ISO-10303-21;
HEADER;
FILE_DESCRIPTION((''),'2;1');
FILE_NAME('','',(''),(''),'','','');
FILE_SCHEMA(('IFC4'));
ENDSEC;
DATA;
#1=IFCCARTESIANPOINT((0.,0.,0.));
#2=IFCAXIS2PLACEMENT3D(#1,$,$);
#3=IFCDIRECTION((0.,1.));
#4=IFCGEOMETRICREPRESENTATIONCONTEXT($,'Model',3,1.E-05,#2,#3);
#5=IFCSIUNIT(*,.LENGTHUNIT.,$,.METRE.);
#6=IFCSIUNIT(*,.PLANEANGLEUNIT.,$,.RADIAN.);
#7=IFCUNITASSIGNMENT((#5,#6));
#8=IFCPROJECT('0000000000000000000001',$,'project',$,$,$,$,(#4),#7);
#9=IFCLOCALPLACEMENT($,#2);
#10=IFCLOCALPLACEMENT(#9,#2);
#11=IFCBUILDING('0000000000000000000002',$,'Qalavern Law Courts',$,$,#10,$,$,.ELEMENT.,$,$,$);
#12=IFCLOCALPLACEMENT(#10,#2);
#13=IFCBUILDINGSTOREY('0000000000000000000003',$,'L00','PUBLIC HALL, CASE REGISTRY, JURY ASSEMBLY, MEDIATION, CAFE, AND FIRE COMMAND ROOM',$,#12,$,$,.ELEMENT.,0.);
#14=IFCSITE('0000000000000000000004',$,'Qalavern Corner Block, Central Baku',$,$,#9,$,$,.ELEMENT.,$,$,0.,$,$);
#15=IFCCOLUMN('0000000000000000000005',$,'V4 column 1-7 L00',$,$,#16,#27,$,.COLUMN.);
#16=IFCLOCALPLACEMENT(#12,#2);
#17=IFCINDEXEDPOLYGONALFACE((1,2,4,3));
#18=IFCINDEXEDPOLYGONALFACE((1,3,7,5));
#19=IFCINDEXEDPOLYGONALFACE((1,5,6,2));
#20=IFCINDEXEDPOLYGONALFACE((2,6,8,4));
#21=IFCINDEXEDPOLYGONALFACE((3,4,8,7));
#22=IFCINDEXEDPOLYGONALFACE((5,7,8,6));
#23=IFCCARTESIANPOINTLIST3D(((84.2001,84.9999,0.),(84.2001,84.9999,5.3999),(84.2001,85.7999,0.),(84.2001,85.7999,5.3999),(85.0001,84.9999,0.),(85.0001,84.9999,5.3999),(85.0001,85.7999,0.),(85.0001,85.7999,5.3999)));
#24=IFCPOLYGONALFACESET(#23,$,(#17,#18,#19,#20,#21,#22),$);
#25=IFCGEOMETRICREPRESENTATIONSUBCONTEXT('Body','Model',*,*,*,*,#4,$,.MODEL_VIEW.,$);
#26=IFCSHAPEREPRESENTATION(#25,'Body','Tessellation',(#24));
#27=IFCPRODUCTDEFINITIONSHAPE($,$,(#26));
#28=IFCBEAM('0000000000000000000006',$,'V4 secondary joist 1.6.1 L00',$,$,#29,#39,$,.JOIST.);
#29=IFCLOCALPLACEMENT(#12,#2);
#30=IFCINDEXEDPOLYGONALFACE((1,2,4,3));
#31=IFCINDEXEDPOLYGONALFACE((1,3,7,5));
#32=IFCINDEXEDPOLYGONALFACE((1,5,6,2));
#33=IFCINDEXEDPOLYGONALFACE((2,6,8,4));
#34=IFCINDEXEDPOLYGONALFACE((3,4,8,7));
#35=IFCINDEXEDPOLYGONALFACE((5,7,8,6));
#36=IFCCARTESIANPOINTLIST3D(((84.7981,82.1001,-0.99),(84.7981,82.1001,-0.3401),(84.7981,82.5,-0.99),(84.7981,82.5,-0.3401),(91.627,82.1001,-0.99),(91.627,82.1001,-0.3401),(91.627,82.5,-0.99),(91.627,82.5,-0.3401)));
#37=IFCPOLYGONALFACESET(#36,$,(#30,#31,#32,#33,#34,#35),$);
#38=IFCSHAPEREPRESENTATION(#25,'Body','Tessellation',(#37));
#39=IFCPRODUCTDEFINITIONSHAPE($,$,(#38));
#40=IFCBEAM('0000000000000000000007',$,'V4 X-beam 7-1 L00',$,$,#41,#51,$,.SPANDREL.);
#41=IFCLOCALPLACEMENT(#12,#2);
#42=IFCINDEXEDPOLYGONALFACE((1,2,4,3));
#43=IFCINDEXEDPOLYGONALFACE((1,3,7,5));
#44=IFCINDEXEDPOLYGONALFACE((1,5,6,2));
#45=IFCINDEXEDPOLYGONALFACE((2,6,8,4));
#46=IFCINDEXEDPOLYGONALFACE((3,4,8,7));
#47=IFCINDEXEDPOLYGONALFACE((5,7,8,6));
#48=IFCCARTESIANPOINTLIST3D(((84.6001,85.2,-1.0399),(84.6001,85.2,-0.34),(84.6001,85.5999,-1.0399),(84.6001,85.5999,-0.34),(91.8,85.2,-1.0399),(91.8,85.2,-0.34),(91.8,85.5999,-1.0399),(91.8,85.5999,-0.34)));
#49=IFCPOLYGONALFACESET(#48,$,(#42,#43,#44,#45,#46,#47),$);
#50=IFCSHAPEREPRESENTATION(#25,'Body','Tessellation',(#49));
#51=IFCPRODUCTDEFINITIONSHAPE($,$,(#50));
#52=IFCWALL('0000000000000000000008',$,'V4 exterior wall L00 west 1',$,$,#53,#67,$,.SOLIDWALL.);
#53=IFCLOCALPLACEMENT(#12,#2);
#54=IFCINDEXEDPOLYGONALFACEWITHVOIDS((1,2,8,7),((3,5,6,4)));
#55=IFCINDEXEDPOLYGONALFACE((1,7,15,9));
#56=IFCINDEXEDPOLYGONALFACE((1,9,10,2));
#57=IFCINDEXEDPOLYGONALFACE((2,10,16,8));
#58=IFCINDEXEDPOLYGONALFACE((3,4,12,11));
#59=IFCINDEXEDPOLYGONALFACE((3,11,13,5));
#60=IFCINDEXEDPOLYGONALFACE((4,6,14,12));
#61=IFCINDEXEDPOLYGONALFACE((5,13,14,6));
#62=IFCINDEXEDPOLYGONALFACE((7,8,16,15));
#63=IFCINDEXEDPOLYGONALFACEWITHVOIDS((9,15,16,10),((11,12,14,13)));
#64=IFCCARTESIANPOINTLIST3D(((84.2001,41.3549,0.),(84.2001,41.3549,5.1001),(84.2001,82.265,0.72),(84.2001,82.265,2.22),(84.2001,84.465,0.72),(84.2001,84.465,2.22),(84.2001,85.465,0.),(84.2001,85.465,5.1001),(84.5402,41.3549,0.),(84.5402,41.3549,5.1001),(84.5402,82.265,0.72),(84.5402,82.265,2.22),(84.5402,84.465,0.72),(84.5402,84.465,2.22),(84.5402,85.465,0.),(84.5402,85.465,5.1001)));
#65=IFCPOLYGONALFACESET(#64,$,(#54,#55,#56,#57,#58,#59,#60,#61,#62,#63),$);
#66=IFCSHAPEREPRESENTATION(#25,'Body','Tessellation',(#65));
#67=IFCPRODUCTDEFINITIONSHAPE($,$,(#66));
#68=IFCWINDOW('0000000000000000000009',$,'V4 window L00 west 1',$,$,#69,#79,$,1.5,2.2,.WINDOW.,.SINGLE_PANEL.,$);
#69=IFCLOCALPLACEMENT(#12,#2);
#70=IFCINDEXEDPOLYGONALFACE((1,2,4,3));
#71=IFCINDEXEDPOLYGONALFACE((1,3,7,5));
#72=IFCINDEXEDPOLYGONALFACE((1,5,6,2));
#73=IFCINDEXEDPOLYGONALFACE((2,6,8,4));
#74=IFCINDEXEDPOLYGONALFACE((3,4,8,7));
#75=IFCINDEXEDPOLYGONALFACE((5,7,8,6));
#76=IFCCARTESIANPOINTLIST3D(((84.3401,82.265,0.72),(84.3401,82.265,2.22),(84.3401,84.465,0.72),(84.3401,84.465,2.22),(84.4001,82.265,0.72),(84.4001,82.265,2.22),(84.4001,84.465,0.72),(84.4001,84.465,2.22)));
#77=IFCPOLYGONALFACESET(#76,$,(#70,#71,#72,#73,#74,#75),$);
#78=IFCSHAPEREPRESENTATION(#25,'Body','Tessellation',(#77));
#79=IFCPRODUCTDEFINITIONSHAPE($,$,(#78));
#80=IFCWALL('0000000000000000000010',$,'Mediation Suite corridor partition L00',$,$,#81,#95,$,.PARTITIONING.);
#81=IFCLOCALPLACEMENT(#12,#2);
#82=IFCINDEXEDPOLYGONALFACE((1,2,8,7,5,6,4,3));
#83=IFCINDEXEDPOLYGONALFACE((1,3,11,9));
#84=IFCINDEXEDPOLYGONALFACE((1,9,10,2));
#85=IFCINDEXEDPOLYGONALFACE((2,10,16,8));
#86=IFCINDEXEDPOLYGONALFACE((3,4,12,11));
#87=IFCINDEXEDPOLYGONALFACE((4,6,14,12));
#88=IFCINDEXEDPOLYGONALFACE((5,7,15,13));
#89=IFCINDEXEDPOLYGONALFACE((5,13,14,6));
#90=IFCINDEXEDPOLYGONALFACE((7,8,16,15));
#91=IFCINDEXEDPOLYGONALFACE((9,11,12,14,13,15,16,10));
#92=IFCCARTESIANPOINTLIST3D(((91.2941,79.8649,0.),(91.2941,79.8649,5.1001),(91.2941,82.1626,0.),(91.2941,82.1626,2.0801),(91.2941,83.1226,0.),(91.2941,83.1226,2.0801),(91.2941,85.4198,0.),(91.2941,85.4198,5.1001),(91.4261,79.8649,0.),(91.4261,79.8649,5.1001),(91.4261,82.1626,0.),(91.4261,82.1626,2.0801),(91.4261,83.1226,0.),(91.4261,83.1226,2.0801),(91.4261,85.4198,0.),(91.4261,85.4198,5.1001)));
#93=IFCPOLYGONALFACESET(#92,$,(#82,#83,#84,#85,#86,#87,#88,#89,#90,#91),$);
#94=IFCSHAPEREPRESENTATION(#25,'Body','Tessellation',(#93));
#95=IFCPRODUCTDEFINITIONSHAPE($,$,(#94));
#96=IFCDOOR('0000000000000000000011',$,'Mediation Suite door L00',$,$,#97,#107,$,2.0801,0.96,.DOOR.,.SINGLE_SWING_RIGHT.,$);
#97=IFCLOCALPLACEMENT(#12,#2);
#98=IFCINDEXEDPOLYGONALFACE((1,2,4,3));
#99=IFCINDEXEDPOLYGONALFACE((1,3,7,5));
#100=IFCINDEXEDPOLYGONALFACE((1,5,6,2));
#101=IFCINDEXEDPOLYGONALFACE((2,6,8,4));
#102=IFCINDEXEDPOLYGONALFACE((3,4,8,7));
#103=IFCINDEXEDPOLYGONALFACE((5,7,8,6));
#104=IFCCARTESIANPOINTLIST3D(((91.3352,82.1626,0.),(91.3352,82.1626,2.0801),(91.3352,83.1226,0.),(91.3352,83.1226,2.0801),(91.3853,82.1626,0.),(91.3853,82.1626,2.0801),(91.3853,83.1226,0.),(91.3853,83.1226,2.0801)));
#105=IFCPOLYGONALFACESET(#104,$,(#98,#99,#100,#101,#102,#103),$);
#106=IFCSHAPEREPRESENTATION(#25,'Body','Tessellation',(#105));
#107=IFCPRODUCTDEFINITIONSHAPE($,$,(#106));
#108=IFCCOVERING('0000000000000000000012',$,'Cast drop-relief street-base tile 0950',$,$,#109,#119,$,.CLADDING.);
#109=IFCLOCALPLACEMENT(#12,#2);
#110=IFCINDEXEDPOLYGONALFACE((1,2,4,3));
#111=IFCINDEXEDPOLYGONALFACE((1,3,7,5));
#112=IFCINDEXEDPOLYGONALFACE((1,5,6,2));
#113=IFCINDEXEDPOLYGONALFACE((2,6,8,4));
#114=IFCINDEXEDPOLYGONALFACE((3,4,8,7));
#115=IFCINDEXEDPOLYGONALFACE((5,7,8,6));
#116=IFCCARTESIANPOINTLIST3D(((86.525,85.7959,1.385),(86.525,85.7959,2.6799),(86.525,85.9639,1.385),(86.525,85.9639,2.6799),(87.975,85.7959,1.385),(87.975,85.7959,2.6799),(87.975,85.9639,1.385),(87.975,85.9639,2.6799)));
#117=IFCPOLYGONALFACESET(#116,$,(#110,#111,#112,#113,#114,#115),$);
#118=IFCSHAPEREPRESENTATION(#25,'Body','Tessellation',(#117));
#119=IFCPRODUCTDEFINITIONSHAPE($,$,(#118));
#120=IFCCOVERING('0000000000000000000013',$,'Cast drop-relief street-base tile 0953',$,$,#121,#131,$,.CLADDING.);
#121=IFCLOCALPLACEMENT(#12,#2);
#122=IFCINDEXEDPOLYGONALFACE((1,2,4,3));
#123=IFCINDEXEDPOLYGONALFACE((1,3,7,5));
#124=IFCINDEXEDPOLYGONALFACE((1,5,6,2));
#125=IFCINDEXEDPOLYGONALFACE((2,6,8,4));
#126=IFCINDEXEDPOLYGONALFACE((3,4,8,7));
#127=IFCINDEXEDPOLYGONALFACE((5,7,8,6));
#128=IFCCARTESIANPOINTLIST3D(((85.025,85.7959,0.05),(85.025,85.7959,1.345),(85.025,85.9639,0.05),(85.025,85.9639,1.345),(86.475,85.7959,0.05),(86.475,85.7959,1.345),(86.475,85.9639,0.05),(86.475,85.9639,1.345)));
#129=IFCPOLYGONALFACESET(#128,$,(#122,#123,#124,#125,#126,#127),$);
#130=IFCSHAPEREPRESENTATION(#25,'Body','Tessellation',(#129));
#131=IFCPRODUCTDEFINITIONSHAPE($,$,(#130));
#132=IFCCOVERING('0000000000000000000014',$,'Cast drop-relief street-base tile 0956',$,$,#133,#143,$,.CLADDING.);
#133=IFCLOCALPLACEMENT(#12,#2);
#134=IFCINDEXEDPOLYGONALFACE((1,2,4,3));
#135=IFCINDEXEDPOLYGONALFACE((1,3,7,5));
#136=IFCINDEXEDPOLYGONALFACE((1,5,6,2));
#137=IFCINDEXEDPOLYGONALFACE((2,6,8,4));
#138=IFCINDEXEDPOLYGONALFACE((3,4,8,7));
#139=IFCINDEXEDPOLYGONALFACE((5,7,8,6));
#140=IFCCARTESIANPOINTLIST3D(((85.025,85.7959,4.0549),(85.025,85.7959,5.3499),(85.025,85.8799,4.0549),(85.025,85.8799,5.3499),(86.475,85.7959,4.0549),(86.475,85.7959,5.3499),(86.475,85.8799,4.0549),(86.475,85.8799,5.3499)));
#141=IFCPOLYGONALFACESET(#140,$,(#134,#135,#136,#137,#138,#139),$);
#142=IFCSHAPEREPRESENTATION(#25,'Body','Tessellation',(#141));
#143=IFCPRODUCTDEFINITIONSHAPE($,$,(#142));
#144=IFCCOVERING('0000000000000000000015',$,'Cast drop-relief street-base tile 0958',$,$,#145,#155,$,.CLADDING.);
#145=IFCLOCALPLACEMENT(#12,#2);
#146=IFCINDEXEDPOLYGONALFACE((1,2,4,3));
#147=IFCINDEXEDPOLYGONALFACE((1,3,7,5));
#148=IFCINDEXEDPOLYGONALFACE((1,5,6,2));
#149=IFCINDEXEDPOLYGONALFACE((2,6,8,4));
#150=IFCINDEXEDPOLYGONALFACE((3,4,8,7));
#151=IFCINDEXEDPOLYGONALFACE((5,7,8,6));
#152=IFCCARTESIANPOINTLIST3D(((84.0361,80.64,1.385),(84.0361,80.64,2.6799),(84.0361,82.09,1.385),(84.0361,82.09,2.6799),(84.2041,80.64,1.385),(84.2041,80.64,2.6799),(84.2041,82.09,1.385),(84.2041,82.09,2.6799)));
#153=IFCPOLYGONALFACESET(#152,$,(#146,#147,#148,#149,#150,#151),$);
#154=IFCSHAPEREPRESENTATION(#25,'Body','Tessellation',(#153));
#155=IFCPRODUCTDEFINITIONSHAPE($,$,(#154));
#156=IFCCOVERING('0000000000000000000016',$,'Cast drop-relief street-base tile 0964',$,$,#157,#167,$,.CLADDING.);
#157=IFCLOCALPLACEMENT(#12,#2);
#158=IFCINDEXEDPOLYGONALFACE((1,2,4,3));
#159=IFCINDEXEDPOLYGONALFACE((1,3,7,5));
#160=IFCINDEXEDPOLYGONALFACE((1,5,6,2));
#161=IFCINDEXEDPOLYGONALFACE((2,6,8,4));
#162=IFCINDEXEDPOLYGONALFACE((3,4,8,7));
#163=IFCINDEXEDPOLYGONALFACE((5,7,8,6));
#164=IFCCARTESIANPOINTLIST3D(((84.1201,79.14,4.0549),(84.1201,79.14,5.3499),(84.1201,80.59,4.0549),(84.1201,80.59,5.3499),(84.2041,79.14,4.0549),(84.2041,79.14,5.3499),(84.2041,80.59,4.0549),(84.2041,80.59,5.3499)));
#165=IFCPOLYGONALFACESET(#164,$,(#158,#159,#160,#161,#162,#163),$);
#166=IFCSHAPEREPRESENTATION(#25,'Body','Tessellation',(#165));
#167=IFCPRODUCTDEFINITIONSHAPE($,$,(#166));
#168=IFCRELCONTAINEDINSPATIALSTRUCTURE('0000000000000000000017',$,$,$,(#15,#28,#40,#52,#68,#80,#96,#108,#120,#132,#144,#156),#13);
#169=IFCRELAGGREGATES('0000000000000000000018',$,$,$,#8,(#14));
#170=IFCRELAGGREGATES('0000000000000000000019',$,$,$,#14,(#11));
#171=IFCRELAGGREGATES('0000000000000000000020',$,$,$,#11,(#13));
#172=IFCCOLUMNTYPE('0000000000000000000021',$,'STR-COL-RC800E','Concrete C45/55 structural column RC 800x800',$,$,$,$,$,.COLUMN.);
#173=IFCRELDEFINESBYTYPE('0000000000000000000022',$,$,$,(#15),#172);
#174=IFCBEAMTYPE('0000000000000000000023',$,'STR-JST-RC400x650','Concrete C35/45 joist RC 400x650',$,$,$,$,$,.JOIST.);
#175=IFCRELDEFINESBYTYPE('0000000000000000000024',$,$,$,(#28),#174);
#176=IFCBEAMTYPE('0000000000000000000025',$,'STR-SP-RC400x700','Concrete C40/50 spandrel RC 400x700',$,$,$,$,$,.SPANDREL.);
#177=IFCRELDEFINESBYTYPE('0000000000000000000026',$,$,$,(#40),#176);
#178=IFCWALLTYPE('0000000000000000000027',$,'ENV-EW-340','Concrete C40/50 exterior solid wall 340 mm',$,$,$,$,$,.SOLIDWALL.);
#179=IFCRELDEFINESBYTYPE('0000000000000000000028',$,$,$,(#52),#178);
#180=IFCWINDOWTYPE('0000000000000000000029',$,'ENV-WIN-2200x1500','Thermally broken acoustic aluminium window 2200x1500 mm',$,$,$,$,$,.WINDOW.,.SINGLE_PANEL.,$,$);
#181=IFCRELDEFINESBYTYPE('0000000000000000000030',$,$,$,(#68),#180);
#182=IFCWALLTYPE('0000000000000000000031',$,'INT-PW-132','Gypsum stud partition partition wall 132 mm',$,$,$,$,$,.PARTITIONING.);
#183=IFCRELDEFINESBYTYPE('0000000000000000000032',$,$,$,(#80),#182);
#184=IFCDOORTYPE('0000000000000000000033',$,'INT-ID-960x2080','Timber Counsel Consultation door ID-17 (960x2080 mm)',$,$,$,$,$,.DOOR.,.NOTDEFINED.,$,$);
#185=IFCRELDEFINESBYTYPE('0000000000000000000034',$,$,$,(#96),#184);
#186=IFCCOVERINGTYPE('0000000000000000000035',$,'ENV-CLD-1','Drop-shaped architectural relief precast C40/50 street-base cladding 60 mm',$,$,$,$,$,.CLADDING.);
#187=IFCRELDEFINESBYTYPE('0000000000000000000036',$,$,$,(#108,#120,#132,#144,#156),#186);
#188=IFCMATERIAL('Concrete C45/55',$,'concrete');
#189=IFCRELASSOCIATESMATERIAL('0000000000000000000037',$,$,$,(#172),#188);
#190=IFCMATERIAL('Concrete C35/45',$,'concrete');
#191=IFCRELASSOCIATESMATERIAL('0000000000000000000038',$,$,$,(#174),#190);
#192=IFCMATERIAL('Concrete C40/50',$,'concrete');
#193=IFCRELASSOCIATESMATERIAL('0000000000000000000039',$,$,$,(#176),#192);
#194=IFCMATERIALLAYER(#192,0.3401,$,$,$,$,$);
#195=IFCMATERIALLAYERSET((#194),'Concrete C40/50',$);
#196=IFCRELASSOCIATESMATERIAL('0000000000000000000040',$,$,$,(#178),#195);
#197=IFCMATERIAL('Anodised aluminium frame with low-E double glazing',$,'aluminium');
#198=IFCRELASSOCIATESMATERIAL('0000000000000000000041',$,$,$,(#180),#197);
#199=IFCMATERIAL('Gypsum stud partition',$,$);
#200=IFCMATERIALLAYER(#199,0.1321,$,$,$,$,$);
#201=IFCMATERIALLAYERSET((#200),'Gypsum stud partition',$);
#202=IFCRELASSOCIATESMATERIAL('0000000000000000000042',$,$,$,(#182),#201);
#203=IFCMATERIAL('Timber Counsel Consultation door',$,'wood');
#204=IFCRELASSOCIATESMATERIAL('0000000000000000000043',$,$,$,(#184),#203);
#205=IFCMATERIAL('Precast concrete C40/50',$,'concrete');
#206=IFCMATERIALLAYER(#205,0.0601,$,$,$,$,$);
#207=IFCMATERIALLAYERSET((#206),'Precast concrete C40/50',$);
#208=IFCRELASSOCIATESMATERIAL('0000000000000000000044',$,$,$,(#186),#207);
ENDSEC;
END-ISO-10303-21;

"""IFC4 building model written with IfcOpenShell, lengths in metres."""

from ifc_helpers import new_model, si_unit, direction, frame, frame_2d, origin, origin_2d, place, context, subcontext, project, spatial, rectangle, extrude, material, layer, layer_set, material_profile, profile_set, type_object, element, fill, save


model = new_model("IFC4")

# Units and contexts
model_context = context("Model", 3, precision=1e-05, world=origin(), true_north=direction((0.0, 1.0)))
body_context = subcontext(model_context, "Body", "Model", "MODEL_VIEW")
ifc_project = project(units=[si_unit("LENGTHUNIT", "METRE"), si_unit("PLANEANGLEUNIT", "RADIAN")], contexts=[model_context])

# Site, building, storey
site_placement = place(None, origin())
site = spatial("IfcSite", under=ifc_project, at=site_placement, Name="Qalavern Corner Block, Central Baku", CompositionType="ELEMENT", RefElevation=0.0)
building_placement = place(site_placement, origin())
building = spatial("IfcBuilding", under=site, at=building_placement, Name="Qalavern Law Courts", CompositionType="ELEMENT")
storey_placement = place(building_placement, origin())
storey = spatial("IfcBuildingStorey", under=building, at=storey_placement, Name="L00", Description="PUBLIC HALL, CASE REGISTRY, JURY ASSEMBLY, MEDIATION, CAFE, AND FIRE COMMAND ROOM", CompositionType="ELEMENT", Elevation=0.0)

# Column
ifc_material_1 = material(Name="Concrete C45/55", Category="concrete")
ifc_material_profile_1 = material_profile(ifc_material_1, rectangle(XDim=0.8, YDim=0.8, at=origin_2d()), Name="RC 800x800")
ifc_profile_set_1 = profile_set([ifc_material_profile_1], Name="Concrete C45/55")
column_type = type_object("IfcColumnType", Name="STR-COL-RC800E", Description="Concrete C45/55 structural column RC 800x800", PredefinedType="COLUMN", material=ifc_profile_set_1)
column_placement = place(storey_placement, frame((84.6001, 85.3999, 0.0), z_axis=(0.0, 0.0, 1.0), x_axis=(1.0, 0.0, 0.0)))
element("IfcColumn", 1, at=column_placement, inside=storey, type_object=column_type, Name="V4 column 1-7 L00", PredefinedType="COLUMN", context=body_context, shape_type="SweptSolid", body=[
    extrude(rectangle(XDim=0.8, YDim=0.8, at=origin_2d()), origin(), (0.0, 0.0, 1.0), 5.3999),
])

# Beams
ifc_material_2 = material(Name="Concrete C35/45", Category="concrete")
ifc_material_profile_2 = material_profile(ifc_material_2, rectangle(XDim=0.3999, YDim=0.6499, at=origin_2d()), Name="RC 400x650")
ifc_profile_set_2 = profile_set([ifc_material_profile_2], Name="Concrete C35/45")
beam_type_1 = type_object("IfcBeamType", Name="STR-JST-RC400x650", Description="Concrete C35/45 joist RC 400x650", PredefinedType="JOIST", material=ifc_profile_set_2)
beam_1_placement = place(storey_placement, frame((84.7981, 82.3, -0.665), z_axis=(1.0, 0.0, 0.0), x_axis=(0.0, 1.0, 0.0)))
element("IfcBeam", 2, at=beam_1_placement, inside=storey, type_object=beam_type_1, Name="V4 secondary joist 1.6.1 L00", PredefinedType="JOIST", context=body_context, shape_type="SweptSolid", body=[
    extrude(rectangle(XDim=0.3999, YDim=0.6499, at=origin_2d()), origin(), (0.0, 0.0, 1.0), 6.8289),
])
ifc_material_3 = material(Name="Concrete C40/50", Category="concrete")
ifc_material_profile_3 = material_profile(ifc_material_3, rectangle(XDim=0.3999, YDim=0.7, at=origin_2d()), Name="RC 400x700")
ifc_profile_set_3 = profile_set([ifc_material_profile_3], Name="Concrete C40/50")
beam_type_2 = type_object("IfcBeamType", Name="STR-SP-RC400x700", Description="Concrete C40/50 spandrel RC 400x700", PredefinedType="SPANDREL", material=ifc_profile_set_3)
beam_2_placement = place(storey_placement, frame((84.6001, 85.3999, -0.6899), z_axis=(1.0, 0.0, 0.0), x_axis=(0.0, 1.0, 0.0)))
element("IfcBeam", 3, at=beam_2_placement, inside=storey, type_object=beam_type_2, Name="V4 X-beam 7-1 L00", PredefinedType="SPANDREL", context=body_context, shape_type="SweptSolid", body=[
    extrude(rectangle(XDim=0.3999, YDim=0.7, at=origin_2d()), origin(), (0.0, 0.0, 1.0), 7.2),
])

# Wall, opening, window
ifc_layer_1 = layer(ifc_material_3, 0.3401)
ifc_layer_set_1 = layer_set([ifc_layer_1], Name="Concrete C40/50")
wall_type_1 = type_object("IfcWallType", Name="ENV-EW-340", Description="Concrete C40/50 exterior solid wall 340 mm", PredefinedType="SOLIDWALL", material=ifc_layer_set_1)
wall_1_placement = place(storey_placement, frame((84.3701, 85.4651, 0.0), z_axis=(0.0, 0.0, 1.0), x_axis=(0.0, -1.0, 0.0)))
wall_1 = element("IfcWall", 4, at=wall_1_placement, inside=storey, type_object=wall_type_1, Name="V4 exterior wall L00 west 1", PredefinedType="SOLIDWALL", context=body_context, shape_type="SweptSolid", body=[
    extrude(rectangle(XDim=44.1101, YDim=0.3401, at=frame_2d((22.0552, 0.0))), origin(), (0.0, 0.0, 1.0), 5.1001),
])
opening_1_placement = place(wall_1_placement, frame((1.0, 0.0, 0.72)))
opening_1 = element("IfcOpeningElement", 5, at=opening_1_placement, cuts=wall_1, PredefinedType="OPENING", context=body_context, shape_type="SweptSolid", body=[
    extrude(rectangle(XDim=2.2, YDim=1.5, at=frame_2d((1.1001, 0.75))), frame((0.0, 0.1851, 0.0), z_axis=(0.0, -1.0, 0.0), x_axis=(1.0, 0.0, 0.0)), (0.0, 0.0, 1.0), 0.3699),
])
ifc_material_4 = material(Name="Anodised aluminium frame with low-E double glazing", Category="aluminium")
window_type = type_object("IfcWindowType", Name="ENV-WIN-2200x1500", Description="Thermally broken acoustic aluminium window 2200x1500 mm", PartitioningType="SINGLE_PANEL", PredefinedType="WINDOW", material=ifc_material_4)
window_placement = place(opening_1_placement, origin())
window = element("IfcWindow", 6, at=window_placement, inside=storey, type_object=window_type, Name="V4 window L00 west 1", OverallHeight=1.5, OverallWidth=2.2, PartitioningType="SINGLE_PANEL", PredefinedType="WINDOW", context=body_context, shape_type="SweptSolid", body=[
    extrude(rectangle(XDim=2.2, YDim=1.5, at=frame_2d((1.1001, 0.75))), frame((0.0, 0.03, 0.0), z_axis=(0.0, -1.0, 0.0), x_axis=(1.0, 0.0, 0.0)), (0.0, 0.0, 1.0), 0.0601),
])
fill(opening_1, window)

# Wall, opening, door
ifc_material_5 = material(Name="Gypsum stud partition")
ifc_layer_2 = layer(ifc_material_5, 0.1321)
ifc_layer_set_2 = layer_set([ifc_layer_2], Name="Gypsum stud partition")
wall_type_2 = type_object("IfcWallType", Name="INT-PW-132", Description="Gypsum stud partition partition wall 132 mm", PredefinedType="PARTITIONING", material=ifc_layer_set_2)
wall_2_placement = place(storey_placement, frame((91.3601, 79.865, 0.0), z_axis=(0.0, 0.0, 1.0), x_axis=(0.0, 1.0, 0.0)))
wall_2 = element("IfcWall", 7, at=wall_2_placement, inside=storey, type_object=wall_type_2, Name="Mediation Suite corridor partition L00", PredefinedType="PARTITIONING", context=body_context, shape_type="SweptSolid", body=[
    extrude(rectangle(XDim=5.5549, YDim=0.1321, at=frame_2d((2.7773, 0.0))), origin(), (0.0, 0.0, 1.0), 5.1001),
])
opening_2_placement = place(wall_2_placement, frame((2.2976, 0.0, 0.0)))
opening_2 = element("IfcOpeningElement", 8, at=opening_2_placement, cuts=wall_2, PredefinedType="OPENING", context=body_context, shape_type="SweptSolid", body=[
    extrude(rectangle(XDim=0.96, YDim=2.0801, at=frame_2d((0.48, 1.04))), frame((0.0, 0.0811, 0.0), z_axis=(0.0, -1.0, 0.0), x_axis=(1.0, 0.0, 0.0)), (0.0, 0.0, 1.0), 0.1619),
])
ifc_material_6 = material(Name="Timber Counsel Consultation door", Category="wood")
door_type = type_object("IfcDoorType", Name="INT-ID-960x2080", Description="Timber Counsel Consultation door ID-17 (960x2080 mm)", OperationType="NOTDEFINED", PredefinedType="DOOR", material=ifc_material_6)
door_placement = place(opening_2_placement, origin())
door = element("IfcDoor", 9, at=door_placement, inside=storey, type_object=door_type, Name="Mediation Suite door L00", OperationType="SINGLE_SWING_RIGHT", OverallHeight=2.0801, OverallWidth=0.96, PredefinedType="DOOR", context=body_context, shape_type="SweptSolid", body=[
    extrude(rectangle(XDim=0.96, YDim=2.0801, at=frame_2d((0.48, 1.04))), frame((0.0, 0.0249, 0.0), z_axis=(0.0, -1.0, 0.0), x_axis=(1.0, 0.0, 0.0)), (0.0, 0.0, 1.0), 0.05),
])
fill(opening_2, door)

# Coverings
ifc_material_7 = material(Name="Precast concrete C40/50", Category="concrete")
ifc_layer_3 = layer(ifc_material_7, 0.0601)
ifc_layer_set_3 = layer_set([ifc_layer_3], Name="Precast concrete C40/50")
covering_type_1 = type_object("IfcCoveringType", Name="ENV-CLD-1", Description="Drop-shaped architectural relief precast C40/50 street-base cladding 60 mm", PredefinedType="CLADDING", material=ifc_layer_set_3)
for number, where, z_axis, x_axis, name in (
    (10, (87.25, 85.8799, 1.385), (0.0, 0.0, 1.0), (-1.0, 0.0, 0.0), "Cast drop-relief street-base tile 0950"),
    (11, (85.75, 85.8799, 0.05), (0.0, 0.0, 1.0), (-1.0, 0.0, 0.0), "Cast drop-relief street-base tile 0953"),
):
    element("IfcCovering", number, at=place(storey_placement, frame(where, z_axis=z_axis, x_axis=x_axis)), inside=storey, type_object=covering_type_1, Name=name, PredefinedType="CLADDING", context=body_context, shape_type="SweptSolid", body=[
        extrude(rectangle(XDim=1.45, YDim=0.168, at=origin_2d()), origin(), (0.0, 0.0, 1.0), 1.2949),
    ])
covering_1_placement = place(storey_placement, frame((85.75, 85.8379, 4.0549), z_axis=(0.0, 0.0, 1.0), x_axis=(-1.0, 0.0, 0.0)))
element("IfcCovering", 12, at=covering_1_placement, inside=storey, type_object=covering_type_1, Name="Cast drop-relief street-base tile 0956", PredefinedType="CLADDING", context=body_context, shape_type="SweptSolid", body=[
    extrude(rectangle(XDim=1.45, YDim=0.084, at=origin_2d()), origin(), (0.0, 0.0, 1.0), 1.2949),
])
covering_2_placement = place(storey_placement, frame((84.1201, 81.365, 1.385), z_axis=(0.0, 0.0, 1.0), x_axis=(0.0, -1.0, 0.0)))
element("IfcCovering", 13, at=covering_2_placement, inside=storey, type_object=covering_type_1, Name="Cast drop-relief street-base tile 0958", PredefinedType="CLADDING", context=body_context, shape_type="SweptSolid", body=[
    extrude(rectangle(XDim=1.45, YDim=0.168, at=origin_2d()), origin(), (0.0, 0.0, 1.0), 1.2949),
])
covering_3_placement = place(storey_placement, frame((84.1621, 79.865, 4.0549), z_axis=(0.0, 0.0, 1.0), x_axis=(0.0, -1.0, 0.0)))
element("IfcCovering", 14, at=covering_3_placement, inside=storey, type_object=covering_type_1, Name="Cast drop-relief street-base tile 0964", PredefinedType="CLADDING", context=body_context, shape_type="SweptSolid", body=[
    extrude(rectangle(XDim=1.45, YDim=0.084, at=origin_2d()), origin(), (0.0, 0.0, 1.0), 1.2949),
])

save(model, "model.ifc")
